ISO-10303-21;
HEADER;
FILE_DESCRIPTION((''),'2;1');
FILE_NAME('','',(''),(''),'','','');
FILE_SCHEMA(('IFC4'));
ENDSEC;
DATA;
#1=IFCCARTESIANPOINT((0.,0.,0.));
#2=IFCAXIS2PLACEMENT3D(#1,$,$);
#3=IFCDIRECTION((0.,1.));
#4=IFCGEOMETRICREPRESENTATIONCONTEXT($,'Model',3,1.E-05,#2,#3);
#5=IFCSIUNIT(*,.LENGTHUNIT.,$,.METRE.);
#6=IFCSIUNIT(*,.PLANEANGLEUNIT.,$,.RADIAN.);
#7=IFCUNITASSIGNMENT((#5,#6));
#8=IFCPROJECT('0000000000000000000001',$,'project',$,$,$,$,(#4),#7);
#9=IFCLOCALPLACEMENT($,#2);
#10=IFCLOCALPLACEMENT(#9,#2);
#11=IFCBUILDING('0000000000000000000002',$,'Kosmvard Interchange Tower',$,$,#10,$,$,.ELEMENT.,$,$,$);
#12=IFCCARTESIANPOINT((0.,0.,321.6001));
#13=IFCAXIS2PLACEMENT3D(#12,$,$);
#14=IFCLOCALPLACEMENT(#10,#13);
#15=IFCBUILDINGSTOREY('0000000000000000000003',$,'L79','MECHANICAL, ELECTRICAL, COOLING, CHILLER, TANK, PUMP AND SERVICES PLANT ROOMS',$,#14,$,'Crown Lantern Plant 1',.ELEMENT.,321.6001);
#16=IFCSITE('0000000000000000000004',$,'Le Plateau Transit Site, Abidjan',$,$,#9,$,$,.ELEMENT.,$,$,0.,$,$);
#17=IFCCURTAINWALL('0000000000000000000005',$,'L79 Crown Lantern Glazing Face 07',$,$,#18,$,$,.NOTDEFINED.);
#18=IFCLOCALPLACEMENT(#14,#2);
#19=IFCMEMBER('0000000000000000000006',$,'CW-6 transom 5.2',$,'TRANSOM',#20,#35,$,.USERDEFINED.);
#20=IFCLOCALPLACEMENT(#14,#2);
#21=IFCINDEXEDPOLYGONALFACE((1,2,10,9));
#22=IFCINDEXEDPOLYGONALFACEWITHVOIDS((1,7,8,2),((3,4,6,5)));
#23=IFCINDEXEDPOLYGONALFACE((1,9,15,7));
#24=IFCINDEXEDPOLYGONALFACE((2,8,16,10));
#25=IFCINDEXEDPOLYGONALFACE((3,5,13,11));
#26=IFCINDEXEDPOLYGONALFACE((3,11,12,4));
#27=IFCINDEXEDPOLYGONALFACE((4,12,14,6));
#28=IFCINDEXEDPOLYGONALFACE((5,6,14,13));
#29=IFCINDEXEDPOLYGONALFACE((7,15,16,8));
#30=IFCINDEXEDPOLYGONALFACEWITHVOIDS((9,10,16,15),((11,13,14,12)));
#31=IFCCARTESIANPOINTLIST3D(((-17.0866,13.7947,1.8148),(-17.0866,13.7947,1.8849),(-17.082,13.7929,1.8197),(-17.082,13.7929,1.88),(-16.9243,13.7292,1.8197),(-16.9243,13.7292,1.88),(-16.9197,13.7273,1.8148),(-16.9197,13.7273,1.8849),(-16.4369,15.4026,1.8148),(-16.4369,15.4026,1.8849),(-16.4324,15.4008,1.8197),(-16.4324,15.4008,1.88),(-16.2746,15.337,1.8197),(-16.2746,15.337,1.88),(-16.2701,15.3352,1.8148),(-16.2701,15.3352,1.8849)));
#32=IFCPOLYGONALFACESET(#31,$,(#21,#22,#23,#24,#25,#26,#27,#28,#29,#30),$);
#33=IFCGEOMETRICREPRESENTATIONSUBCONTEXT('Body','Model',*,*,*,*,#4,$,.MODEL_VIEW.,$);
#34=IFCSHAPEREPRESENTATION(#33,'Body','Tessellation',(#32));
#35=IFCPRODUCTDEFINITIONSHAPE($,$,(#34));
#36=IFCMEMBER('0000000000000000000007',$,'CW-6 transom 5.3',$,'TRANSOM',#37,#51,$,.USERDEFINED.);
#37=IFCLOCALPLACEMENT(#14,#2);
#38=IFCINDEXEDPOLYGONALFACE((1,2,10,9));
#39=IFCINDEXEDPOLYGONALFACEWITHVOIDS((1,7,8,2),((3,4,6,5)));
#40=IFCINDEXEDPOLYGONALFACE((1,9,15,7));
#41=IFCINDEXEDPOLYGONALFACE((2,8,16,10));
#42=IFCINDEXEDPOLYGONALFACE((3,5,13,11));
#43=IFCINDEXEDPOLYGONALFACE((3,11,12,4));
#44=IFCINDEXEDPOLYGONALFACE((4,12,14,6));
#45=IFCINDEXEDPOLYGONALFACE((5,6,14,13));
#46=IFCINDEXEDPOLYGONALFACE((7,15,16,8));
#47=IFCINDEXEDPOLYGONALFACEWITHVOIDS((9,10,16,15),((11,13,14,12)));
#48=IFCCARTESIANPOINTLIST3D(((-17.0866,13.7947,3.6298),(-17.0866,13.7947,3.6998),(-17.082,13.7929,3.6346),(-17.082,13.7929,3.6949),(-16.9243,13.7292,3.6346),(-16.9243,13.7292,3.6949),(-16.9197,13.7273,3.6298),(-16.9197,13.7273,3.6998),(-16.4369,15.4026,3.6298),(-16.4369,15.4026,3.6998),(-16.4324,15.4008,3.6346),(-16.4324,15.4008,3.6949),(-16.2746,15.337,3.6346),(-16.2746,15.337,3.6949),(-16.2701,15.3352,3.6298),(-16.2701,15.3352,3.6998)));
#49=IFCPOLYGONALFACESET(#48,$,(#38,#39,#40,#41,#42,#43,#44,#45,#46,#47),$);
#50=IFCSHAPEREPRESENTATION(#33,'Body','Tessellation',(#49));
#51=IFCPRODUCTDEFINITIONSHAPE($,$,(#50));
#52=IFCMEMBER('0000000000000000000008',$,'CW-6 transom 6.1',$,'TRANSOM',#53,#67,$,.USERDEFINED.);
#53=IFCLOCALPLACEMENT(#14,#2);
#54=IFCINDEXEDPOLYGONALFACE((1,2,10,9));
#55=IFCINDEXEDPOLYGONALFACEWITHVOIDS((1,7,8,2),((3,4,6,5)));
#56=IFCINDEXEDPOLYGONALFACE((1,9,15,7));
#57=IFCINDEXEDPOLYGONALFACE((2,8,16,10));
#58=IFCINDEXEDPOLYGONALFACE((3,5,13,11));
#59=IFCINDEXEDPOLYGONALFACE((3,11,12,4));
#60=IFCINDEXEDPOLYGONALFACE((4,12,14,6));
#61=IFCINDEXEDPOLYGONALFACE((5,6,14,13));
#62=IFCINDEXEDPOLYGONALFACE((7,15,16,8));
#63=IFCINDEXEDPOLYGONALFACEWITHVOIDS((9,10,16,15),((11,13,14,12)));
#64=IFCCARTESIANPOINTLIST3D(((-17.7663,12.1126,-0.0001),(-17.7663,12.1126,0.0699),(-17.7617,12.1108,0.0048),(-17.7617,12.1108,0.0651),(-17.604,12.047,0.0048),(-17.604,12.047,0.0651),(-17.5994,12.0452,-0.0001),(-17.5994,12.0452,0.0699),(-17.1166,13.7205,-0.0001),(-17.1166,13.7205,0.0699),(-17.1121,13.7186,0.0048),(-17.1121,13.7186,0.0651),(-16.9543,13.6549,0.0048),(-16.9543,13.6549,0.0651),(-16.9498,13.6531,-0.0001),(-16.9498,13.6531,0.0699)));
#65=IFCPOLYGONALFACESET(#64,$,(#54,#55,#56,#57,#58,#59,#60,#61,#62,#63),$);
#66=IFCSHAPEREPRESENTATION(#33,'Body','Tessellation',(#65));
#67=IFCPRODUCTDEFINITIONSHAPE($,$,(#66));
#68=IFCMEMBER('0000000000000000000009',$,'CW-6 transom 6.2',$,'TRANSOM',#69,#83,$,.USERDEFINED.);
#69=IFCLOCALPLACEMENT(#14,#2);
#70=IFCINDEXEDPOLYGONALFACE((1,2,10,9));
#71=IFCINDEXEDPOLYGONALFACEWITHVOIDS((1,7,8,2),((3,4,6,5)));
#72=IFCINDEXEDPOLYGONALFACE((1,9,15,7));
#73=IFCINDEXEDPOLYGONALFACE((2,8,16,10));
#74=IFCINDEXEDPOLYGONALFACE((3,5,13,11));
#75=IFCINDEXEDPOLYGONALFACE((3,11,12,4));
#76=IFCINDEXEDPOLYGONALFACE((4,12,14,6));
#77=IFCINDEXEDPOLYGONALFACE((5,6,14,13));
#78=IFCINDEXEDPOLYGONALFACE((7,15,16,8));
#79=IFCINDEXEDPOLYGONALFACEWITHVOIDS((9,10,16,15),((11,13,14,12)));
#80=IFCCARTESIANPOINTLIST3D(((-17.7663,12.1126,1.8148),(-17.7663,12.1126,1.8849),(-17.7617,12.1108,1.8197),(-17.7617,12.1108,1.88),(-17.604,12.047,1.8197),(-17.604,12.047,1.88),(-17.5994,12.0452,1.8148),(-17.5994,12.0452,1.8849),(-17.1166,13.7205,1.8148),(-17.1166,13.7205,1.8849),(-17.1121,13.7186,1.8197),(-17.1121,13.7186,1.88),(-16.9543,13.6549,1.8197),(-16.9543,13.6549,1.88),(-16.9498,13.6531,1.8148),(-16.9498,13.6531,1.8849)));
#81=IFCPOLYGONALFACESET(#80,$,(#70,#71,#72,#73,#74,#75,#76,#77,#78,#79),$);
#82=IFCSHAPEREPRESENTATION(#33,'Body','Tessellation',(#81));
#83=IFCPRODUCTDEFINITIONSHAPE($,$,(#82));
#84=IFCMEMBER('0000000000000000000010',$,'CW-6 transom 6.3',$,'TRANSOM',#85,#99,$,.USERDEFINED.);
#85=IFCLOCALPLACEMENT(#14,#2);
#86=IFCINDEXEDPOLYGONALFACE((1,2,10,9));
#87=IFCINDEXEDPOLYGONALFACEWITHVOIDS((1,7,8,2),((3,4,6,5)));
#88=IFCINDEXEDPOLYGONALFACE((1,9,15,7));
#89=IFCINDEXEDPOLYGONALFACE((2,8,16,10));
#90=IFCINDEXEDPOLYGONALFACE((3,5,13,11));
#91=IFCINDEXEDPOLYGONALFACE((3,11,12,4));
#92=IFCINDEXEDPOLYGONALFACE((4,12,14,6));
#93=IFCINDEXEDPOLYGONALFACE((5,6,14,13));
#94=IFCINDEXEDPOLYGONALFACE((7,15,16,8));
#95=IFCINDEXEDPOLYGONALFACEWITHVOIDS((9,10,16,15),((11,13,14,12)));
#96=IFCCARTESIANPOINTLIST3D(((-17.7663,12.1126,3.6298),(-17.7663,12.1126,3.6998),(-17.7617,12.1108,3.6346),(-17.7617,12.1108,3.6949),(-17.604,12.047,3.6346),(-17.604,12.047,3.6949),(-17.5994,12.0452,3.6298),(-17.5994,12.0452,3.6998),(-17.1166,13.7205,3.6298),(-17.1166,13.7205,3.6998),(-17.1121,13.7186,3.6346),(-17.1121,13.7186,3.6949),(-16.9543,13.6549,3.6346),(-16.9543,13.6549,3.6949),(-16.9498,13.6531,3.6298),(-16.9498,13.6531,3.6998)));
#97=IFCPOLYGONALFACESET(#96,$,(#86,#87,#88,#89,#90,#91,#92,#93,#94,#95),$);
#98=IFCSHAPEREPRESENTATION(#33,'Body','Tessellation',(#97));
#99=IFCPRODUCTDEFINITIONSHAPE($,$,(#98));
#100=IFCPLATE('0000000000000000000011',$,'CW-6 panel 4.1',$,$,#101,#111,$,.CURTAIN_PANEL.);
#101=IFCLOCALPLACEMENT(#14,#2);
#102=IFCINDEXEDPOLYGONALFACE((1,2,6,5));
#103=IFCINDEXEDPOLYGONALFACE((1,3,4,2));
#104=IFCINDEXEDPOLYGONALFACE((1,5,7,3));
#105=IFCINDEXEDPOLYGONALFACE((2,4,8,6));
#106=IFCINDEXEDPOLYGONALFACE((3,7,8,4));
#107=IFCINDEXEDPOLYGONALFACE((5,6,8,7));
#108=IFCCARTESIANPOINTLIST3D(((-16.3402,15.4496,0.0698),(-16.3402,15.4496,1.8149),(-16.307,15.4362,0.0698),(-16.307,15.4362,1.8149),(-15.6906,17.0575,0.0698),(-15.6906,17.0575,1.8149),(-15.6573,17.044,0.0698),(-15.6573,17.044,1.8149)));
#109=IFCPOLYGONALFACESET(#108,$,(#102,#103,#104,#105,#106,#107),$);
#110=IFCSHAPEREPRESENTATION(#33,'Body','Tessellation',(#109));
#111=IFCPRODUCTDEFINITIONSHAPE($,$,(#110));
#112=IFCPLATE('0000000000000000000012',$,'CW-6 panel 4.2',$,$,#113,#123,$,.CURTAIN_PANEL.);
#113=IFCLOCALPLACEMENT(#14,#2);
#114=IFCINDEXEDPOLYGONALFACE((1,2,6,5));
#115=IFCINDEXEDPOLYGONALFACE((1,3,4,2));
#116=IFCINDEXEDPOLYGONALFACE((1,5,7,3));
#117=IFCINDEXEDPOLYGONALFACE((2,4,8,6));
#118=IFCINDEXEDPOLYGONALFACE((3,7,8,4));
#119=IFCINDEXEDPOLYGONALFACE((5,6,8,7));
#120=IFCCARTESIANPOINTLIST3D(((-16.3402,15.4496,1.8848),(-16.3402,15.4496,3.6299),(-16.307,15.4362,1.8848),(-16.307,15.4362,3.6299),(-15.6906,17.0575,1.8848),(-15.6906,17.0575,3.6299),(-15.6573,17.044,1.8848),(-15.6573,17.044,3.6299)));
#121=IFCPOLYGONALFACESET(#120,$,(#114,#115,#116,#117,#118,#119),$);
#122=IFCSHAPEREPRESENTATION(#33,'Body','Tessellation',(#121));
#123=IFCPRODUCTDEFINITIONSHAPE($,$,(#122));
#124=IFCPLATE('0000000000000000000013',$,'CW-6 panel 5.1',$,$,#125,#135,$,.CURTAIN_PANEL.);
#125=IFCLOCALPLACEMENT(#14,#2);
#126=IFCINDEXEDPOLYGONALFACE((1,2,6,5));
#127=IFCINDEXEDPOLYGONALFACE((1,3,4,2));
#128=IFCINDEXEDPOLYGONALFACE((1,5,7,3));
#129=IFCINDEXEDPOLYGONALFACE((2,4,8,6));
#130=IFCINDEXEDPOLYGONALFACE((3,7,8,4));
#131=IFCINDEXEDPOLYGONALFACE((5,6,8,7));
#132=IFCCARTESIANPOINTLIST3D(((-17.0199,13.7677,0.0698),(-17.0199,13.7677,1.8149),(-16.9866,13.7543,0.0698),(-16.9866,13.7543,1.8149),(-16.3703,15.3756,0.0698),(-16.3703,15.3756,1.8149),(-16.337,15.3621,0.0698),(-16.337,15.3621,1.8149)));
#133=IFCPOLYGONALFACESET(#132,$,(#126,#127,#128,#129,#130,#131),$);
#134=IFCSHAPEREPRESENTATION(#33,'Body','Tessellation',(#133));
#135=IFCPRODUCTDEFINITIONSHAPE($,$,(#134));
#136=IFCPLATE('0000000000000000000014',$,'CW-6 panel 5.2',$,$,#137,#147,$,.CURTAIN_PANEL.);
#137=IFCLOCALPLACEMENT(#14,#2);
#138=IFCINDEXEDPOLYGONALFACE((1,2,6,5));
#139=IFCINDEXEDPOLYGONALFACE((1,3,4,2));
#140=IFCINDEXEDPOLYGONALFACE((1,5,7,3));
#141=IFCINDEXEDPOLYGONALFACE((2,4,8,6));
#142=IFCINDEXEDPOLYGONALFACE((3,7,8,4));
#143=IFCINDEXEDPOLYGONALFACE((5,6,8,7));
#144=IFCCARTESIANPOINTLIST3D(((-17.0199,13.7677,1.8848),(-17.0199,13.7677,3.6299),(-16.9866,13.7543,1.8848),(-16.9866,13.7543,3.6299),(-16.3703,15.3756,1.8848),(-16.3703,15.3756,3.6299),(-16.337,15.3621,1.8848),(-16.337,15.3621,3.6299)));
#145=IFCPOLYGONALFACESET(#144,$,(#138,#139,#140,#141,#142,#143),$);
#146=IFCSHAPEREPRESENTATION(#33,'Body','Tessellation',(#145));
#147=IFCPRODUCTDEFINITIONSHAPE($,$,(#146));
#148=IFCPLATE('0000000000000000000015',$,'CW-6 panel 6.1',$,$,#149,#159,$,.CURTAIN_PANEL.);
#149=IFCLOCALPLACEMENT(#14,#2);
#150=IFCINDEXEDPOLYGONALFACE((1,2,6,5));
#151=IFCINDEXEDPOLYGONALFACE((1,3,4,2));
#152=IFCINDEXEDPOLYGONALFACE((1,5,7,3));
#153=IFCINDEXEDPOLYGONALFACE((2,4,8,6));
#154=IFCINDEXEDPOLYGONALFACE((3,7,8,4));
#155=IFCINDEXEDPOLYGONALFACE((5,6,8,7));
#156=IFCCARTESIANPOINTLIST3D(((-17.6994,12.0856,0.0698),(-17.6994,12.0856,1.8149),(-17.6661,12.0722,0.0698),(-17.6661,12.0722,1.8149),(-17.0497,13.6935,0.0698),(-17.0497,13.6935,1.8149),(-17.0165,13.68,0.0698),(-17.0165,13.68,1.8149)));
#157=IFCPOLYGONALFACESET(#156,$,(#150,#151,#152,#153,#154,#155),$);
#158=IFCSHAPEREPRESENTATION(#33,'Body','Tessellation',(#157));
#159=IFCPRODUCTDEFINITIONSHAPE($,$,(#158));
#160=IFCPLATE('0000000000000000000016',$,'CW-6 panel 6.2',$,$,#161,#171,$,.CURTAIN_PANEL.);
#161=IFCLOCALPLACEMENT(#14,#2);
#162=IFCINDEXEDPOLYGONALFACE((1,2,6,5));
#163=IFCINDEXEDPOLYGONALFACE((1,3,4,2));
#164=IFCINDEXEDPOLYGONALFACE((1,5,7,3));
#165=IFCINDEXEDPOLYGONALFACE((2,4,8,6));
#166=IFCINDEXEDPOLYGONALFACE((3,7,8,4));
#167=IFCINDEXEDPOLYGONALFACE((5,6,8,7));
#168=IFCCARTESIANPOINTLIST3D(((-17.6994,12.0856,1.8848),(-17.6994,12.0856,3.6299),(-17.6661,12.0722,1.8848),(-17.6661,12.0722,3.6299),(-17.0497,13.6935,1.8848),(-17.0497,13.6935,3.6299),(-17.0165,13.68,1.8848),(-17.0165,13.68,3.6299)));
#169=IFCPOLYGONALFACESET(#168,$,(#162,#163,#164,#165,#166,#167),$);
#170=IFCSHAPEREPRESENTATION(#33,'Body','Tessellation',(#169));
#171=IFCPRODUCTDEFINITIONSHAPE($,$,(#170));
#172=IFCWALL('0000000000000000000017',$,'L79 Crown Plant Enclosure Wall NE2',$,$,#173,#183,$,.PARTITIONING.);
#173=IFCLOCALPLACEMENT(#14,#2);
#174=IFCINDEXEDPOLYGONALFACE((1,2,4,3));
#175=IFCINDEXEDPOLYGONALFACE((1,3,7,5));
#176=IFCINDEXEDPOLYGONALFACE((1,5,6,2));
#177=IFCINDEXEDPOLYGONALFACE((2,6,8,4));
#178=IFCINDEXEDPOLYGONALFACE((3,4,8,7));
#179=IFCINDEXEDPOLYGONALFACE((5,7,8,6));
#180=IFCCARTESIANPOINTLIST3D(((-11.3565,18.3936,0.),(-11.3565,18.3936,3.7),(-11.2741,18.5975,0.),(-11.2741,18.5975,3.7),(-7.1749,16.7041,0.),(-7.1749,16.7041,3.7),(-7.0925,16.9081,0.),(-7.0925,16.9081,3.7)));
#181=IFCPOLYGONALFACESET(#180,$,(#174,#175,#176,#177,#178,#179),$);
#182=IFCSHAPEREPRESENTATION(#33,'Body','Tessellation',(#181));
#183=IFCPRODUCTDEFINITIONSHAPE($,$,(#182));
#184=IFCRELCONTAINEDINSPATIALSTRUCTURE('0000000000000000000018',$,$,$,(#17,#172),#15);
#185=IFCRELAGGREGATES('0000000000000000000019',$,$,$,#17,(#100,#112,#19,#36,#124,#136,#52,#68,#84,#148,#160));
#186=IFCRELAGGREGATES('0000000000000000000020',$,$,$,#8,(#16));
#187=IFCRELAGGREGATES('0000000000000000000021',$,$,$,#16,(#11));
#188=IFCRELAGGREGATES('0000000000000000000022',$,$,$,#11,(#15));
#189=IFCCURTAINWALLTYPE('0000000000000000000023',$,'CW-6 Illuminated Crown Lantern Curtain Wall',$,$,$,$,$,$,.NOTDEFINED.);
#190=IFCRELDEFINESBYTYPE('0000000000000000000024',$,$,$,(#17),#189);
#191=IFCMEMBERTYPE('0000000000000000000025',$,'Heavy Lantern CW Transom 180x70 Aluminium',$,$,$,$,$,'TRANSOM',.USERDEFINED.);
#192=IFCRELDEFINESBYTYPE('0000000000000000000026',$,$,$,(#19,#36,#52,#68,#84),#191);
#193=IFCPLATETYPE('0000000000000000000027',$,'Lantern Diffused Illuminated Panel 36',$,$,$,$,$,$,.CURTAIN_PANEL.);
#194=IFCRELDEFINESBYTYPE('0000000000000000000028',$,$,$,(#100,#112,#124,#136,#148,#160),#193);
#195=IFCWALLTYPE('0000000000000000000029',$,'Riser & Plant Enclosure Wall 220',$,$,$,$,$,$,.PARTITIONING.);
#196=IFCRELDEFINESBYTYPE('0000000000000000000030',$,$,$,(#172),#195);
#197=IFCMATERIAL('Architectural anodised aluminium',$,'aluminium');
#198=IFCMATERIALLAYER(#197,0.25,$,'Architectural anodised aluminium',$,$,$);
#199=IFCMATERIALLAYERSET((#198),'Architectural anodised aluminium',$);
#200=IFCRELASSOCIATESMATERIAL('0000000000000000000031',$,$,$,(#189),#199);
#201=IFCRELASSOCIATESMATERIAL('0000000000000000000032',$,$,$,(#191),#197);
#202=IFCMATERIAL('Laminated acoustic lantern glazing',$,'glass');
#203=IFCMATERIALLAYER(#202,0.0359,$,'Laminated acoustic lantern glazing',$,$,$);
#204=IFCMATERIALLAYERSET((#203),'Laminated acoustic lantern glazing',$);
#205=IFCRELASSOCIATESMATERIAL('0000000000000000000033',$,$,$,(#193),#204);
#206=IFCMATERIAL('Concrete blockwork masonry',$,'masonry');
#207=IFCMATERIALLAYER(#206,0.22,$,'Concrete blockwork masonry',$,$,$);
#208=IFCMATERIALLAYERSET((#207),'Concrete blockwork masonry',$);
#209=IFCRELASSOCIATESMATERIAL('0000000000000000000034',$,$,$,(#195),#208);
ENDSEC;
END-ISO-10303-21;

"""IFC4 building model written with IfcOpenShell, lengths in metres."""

from ifc_helpers import new_model, si_unit, direction, frame, frame_2d, origin, origin_2d, place, context, subcontext, project, spatial, rectangle, hollow_rectangle, extrude, source, transform, mapped, material, layer, layer_set, material_profile, profile_set, type_object, element, aggregate, save


model = new_model("IFC4")

# Units and contexts
model_context = context("Model", 3, precision=1e-05, world=origin(), true_north=direction((0.0, 1.0)))
body_context = subcontext(model_context, "Body", "Model", "MODEL_VIEW")
ifc_project = project(units=[si_unit("LENGTHUNIT", "METRE"), si_unit("PLANEANGLEUNIT", "RADIAN")], contexts=[model_context])

# Site, building, storey
site_placement = place(None, origin())
site = spatial("IfcSite", under=ifc_project, at=site_placement, Name="Le Plateau Transit Site, Abidjan", CompositionType="ELEMENT", RefElevation=0.0)
building_placement = place(site_placement, origin())
building = spatial("IfcBuilding", under=site, at=building_placement, Name="Kosmvard Interchange Tower", CompositionType="ELEMENT")
storey_placement = place(building_placement, frame((0.0, 0.0, 321.6001)))
storey = spatial("IfcBuildingStorey", under=building, at=storey_placement, Name="L79", Description="MECHANICAL, ELECTRICAL, COOLING, CHILLER, TANK, PUMP AND SERVICES PLANT ROOMS", LongName="Crown Lantern Plant 1", CompositionType="ELEMENT", Elevation=321.6001)

# Curtain wall, members, plates
ifc_material_1 = material(Name="Architectural anodised aluminium", Category="aluminium")
ifc_layer_1 = layer(ifc_material_1, 0.25, Name="Architectural anodised aluminium")
ifc_layer_set_1 = layer_set([ifc_layer_1], Name="Architectural anodised aluminium")
curtain_wall_type = type_object("IfcCurtainWallType", Name="CW-6 Illuminated Crown Lantern Curtain Wall", PredefinedType="NOTDEFINED", material=ifc_layer_set_1)
curtain_wall_placement = place(storey_placement, origin())
curtain_wall = element("IfcCurtainWall", 1, at=curtain_wall_placement, inside=storey, type_object=curtain_wall_type, Name="L79 Crown Lantern Glazing Face 07", PredefinedType="NOTDEFINED")
ifc_material_profile_1 = material_profile(ifc_material_1, hollow_rectangle(XDim=0.1799, YDim=0.0701, WallThickness=0.0049, at=origin_2d()), Name="CWT 180x70x5")
ifc_profile_set_1 = profile_set([ifc_material_profile_1], Name="Architectural anodised aluminium")
member_type_1 = type_object("IfcMemberType", Name="Heavy Lantern CW Transom 180x70 Aluminium", ElementType="TRANSOM", PredefinedType="USERDEFINED", material=ifc_profile_set_1)
shared_shape_1 = source(origin(), body_context, "Body", "SweptSolid", [
    extrude(hollow_rectangle(XDim=0.1799, YDim=0.0701, WallThickness=0.0049, at=origin_2d()), origin(), (0.0, 0.0, 1.0), 1.7341),
])
member_1_placement = place(storey_placement, frame((-16.3535, 15.3689, 1.8499), z_axis=(-0.374617, -0.92718, 0.0), x_axis=(0.92718, -0.374617, 0.0)))
member_1 = element("IfcMember", 2, at=member_1_placement, type_object=member_type_1, Name="CW-6 transom 5.2", ObjectType="TRANSOM", PredefinedType="USERDEFINED", context=body_context, shape_type="MappedRepresentation", body=[
    mapped(shared_shape_1, transform((0.0, 0.0, 0.0), scale=1.0)),
])
member_2_placement = place(storey_placement, frame((-16.3535, 15.3689, 3.6648), z_axis=(-0.374617, -0.92718, 0.0), x_axis=(0.92718, -0.374617, 0.0)))
member_2 = element("IfcMember", 3, at=member_2_placement, type_object=member_type_1, Name="CW-6 transom 5.3", ObjectType="TRANSOM", PredefinedType="USERDEFINED", context=body_context, shape_type="MappedRepresentation", body=[
    mapped(shared_shape_1, transform((0.0, 0.0, 0.0), scale=1.0)),
])
member_3_placement = place(storey_placement, frame((-17.0332, 13.6868, 0.0349), z_axis=(-0.374617, -0.92718, 0.0), x_axis=(0.92718, -0.374617, 0.0)))
member_3 = element("IfcMember", 4, at=member_3_placement, type_object=member_type_1, Name="CW-6 transom 6.1", ObjectType="TRANSOM", PredefinedType="USERDEFINED", context=body_context, shape_type="MappedRepresentation", body=[
    mapped(shared_shape_1, transform((0.0, 0.0, 0.0), scale=1.0)),
])
member_4_placement = place(storey_placement, frame((-17.0332, 13.6868, 1.8499), z_axis=(-0.374617, -0.92718, 0.0), x_axis=(0.92718, -0.374617, 0.0)))
member_4 = element("IfcMember", 5, at=member_4_placement, type_object=member_type_1, Name="CW-6 transom 6.2", ObjectType="TRANSOM", PredefinedType="USERDEFINED", context=body_context, shape_type="MappedRepresentation", body=[
    mapped(shared_shape_1, transform((0.0, 0.0, 0.0), scale=1.0)),
])
member_5_placement = place(storey_placement, frame((-17.0332, 13.6868, 3.6648), z_axis=(-0.374617, -0.92718, 0.0), x_axis=(0.92718, -0.374617, 0.0)))
member_5 = element("IfcMember", 6, at=member_5_placement, type_object=member_type_1, Name="CW-6 transom 6.3", ObjectType="TRANSOM", PredefinedType="USERDEFINED", context=body_context, shape_type="MappedRepresentation", body=[
    mapped(shared_shape_1, transform((0.0, 0.0, 0.0), scale=1.0)),
])
ifc_material_2 = material(Name="Laminated acoustic lantern glazing", Category="glass")
ifc_layer_2 = layer(ifc_material_2, 0.0359, Name="Laminated acoustic lantern glazing")
ifc_layer_set_2 = layer_set([ifc_layer_2], Name="Laminated acoustic lantern glazing")
plate_type = type_object("IfcPlateType", Name="Lantern Diffused Illuminated Panel 36", PredefinedType="CURTAIN_PANEL", material=ifc_layer_set_2)
shared_shape_2 = source(origin(), body_context, "Body", "SweptSolid", [
    extrude(rectangle(XDim=1.7341, YDim=0.0359, at=origin_2d()), origin(), (0.0, 0.0, 1.0), 1.7451),
])
plate_1_placement = place(storey_placement, frame((-15.9988, 16.2468, 0.0698), z_axis=(0.0, 0.0, 1.0), x_axis=(-0.374607, -0.927184, 0.0)))
plate_1 = element("IfcPlate", 7, at=plate_1_placement, type_object=plate_type, Name="CW-6 panel 4.1", PredefinedType="CURTAIN_PANEL", context=body_context, shape_type="MappedRepresentation", body=[
    mapped(shared_shape_2, transform((0.0, 0.0, 0.0), scale=1.0)),
])
plate_2_placement = place(storey_placement, frame((-15.9988, 16.2468, 1.8848), z_axis=(0.0, 0.0, 1.0), x_axis=(-0.374607, -0.927184, 0.0)))
plate_2 = element("IfcPlate", 8, at=plate_2_placement, type_object=plate_type, Name="CW-6 panel 4.2", PredefinedType="CURTAIN_PANEL", context=body_context, shape_type="MappedRepresentation", body=[
    mapped(shared_shape_2, transform((0.0, 0.0, 0.0), scale=1.0)),
])
plate_3_placement = place(storey_placement, frame((-16.6785, 14.5649, 0.0698), z_axis=(0.0, 0.0, 1.0), x_axis=(-0.374607, -0.927184, 0.0)))
plate_3 = element("IfcPlate", 9, at=plate_3_placement, type_object=plate_type, Name="CW-6 panel 5.1", PredefinedType="CURTAIN_PANEL", context=body_context, shape_type="MappedRepresentation", body=[
    mapped(shared_shape_2, transform((0.0, 0.0, 0.0), scale=1.0)),
])
plate_4_placement = place(storey_placement, frame((-16.6785, 14.5649, 1.8848), z_axis=(0.0, 0.0, 1.0), x_axis=(-0.374607, -0.927184, 0.0)))
plate_4 = element("IfcPlate", 10, at=plate_4_placement, type_object=plate_type, Name="CW-6 panel 5.2", PredefinedType="CURTAIN_PANEL", context=body_context, shape_type="MappedRepresentation", body=[
    mapped(shared_shape_2, transform((0.0, 0.0, 0.0), scale=1.0)),
])
plate_5_placement = place(storey_placement, frame((-17.3579, 12.8828, 0.0698), z_axis=(0.0, 0.0, 1.0), x_axis=(-0.374607, -0.927184, 0.0)))
plate_5 = element("IfcPlate", 11, at=plate_5_placement, type_object=plate_type, Name="CW-6 panel 6.1", PredefinedType="CURTAIN_PANEL", context=body_context, shape_type="MappedRepresentation", body=[
    mapped(shared_shape_2, transform((0.0, 0.0, 0.0), scale=1.0)),
])
plate_6_placement = place(storey_placement, frame((-17.3579, 12.8828, 1.8848), z_axis=(0.0, 0.0, 1.0), x_axis=(-0.374607, -0.927184, 0.0)))
plate_6 = element("IfcPlate", 12, at=plate_6_placement, type_object=plate_type, Name="CW-6 panel 6.2", PredefinedType="CURTAIN_PANEL", context=body_context, shape_type="MappedRepresentation", body=[
    mapped(shared_shape_2, transform((0.0, 0.0, 0.0), scale=1.0)),
])
aggregate(curtain_wall, [plate_1, plate_2, member_1, member_2, plate_3, plate_4, member_3, member_4, member_5, plate_5, plate_6])

# Wall
ifc_material_3 = material(Name="Concrete blockwork masonry", Category="masonry")
ifc_layer_3 = layer(ifc_material_3, 0.22, Name="Concrete blockwork masonry")
ifc_layer_set_3 = layer_set([ifc_layer_3], Name="Concrete blockwork masonry")
wall_type = type_object("IfcWallType", Name="Riser & Plant Enclosure Wall 220", PredefinedType="PARTITIONING", material=ifc_layer_set_3)
wall_placement = place(storey_placement, frame((-7.1338, 16.8062, 0.0), z_axis=(0.0, 0.0, 1.0), x_axis=(-0.927187, 0.374599, 0.0)))
element("IfcWall", 13, at=wall_placement, inside=storey, type_object=wall_type, Name="L79 Crown Plant Enclosure Wall NE2", PredefinedType="PARTITIONING", context=body_context, shape_type="SweptSolid", body=[
    extrude(rectangle(XDim=4.51, YDim=0.22, at=frame_2d((2.2549, 0.0))), origin(), (0.0, 0.0, 1.0), 3.7),
])

save(model, "model.ifc")
